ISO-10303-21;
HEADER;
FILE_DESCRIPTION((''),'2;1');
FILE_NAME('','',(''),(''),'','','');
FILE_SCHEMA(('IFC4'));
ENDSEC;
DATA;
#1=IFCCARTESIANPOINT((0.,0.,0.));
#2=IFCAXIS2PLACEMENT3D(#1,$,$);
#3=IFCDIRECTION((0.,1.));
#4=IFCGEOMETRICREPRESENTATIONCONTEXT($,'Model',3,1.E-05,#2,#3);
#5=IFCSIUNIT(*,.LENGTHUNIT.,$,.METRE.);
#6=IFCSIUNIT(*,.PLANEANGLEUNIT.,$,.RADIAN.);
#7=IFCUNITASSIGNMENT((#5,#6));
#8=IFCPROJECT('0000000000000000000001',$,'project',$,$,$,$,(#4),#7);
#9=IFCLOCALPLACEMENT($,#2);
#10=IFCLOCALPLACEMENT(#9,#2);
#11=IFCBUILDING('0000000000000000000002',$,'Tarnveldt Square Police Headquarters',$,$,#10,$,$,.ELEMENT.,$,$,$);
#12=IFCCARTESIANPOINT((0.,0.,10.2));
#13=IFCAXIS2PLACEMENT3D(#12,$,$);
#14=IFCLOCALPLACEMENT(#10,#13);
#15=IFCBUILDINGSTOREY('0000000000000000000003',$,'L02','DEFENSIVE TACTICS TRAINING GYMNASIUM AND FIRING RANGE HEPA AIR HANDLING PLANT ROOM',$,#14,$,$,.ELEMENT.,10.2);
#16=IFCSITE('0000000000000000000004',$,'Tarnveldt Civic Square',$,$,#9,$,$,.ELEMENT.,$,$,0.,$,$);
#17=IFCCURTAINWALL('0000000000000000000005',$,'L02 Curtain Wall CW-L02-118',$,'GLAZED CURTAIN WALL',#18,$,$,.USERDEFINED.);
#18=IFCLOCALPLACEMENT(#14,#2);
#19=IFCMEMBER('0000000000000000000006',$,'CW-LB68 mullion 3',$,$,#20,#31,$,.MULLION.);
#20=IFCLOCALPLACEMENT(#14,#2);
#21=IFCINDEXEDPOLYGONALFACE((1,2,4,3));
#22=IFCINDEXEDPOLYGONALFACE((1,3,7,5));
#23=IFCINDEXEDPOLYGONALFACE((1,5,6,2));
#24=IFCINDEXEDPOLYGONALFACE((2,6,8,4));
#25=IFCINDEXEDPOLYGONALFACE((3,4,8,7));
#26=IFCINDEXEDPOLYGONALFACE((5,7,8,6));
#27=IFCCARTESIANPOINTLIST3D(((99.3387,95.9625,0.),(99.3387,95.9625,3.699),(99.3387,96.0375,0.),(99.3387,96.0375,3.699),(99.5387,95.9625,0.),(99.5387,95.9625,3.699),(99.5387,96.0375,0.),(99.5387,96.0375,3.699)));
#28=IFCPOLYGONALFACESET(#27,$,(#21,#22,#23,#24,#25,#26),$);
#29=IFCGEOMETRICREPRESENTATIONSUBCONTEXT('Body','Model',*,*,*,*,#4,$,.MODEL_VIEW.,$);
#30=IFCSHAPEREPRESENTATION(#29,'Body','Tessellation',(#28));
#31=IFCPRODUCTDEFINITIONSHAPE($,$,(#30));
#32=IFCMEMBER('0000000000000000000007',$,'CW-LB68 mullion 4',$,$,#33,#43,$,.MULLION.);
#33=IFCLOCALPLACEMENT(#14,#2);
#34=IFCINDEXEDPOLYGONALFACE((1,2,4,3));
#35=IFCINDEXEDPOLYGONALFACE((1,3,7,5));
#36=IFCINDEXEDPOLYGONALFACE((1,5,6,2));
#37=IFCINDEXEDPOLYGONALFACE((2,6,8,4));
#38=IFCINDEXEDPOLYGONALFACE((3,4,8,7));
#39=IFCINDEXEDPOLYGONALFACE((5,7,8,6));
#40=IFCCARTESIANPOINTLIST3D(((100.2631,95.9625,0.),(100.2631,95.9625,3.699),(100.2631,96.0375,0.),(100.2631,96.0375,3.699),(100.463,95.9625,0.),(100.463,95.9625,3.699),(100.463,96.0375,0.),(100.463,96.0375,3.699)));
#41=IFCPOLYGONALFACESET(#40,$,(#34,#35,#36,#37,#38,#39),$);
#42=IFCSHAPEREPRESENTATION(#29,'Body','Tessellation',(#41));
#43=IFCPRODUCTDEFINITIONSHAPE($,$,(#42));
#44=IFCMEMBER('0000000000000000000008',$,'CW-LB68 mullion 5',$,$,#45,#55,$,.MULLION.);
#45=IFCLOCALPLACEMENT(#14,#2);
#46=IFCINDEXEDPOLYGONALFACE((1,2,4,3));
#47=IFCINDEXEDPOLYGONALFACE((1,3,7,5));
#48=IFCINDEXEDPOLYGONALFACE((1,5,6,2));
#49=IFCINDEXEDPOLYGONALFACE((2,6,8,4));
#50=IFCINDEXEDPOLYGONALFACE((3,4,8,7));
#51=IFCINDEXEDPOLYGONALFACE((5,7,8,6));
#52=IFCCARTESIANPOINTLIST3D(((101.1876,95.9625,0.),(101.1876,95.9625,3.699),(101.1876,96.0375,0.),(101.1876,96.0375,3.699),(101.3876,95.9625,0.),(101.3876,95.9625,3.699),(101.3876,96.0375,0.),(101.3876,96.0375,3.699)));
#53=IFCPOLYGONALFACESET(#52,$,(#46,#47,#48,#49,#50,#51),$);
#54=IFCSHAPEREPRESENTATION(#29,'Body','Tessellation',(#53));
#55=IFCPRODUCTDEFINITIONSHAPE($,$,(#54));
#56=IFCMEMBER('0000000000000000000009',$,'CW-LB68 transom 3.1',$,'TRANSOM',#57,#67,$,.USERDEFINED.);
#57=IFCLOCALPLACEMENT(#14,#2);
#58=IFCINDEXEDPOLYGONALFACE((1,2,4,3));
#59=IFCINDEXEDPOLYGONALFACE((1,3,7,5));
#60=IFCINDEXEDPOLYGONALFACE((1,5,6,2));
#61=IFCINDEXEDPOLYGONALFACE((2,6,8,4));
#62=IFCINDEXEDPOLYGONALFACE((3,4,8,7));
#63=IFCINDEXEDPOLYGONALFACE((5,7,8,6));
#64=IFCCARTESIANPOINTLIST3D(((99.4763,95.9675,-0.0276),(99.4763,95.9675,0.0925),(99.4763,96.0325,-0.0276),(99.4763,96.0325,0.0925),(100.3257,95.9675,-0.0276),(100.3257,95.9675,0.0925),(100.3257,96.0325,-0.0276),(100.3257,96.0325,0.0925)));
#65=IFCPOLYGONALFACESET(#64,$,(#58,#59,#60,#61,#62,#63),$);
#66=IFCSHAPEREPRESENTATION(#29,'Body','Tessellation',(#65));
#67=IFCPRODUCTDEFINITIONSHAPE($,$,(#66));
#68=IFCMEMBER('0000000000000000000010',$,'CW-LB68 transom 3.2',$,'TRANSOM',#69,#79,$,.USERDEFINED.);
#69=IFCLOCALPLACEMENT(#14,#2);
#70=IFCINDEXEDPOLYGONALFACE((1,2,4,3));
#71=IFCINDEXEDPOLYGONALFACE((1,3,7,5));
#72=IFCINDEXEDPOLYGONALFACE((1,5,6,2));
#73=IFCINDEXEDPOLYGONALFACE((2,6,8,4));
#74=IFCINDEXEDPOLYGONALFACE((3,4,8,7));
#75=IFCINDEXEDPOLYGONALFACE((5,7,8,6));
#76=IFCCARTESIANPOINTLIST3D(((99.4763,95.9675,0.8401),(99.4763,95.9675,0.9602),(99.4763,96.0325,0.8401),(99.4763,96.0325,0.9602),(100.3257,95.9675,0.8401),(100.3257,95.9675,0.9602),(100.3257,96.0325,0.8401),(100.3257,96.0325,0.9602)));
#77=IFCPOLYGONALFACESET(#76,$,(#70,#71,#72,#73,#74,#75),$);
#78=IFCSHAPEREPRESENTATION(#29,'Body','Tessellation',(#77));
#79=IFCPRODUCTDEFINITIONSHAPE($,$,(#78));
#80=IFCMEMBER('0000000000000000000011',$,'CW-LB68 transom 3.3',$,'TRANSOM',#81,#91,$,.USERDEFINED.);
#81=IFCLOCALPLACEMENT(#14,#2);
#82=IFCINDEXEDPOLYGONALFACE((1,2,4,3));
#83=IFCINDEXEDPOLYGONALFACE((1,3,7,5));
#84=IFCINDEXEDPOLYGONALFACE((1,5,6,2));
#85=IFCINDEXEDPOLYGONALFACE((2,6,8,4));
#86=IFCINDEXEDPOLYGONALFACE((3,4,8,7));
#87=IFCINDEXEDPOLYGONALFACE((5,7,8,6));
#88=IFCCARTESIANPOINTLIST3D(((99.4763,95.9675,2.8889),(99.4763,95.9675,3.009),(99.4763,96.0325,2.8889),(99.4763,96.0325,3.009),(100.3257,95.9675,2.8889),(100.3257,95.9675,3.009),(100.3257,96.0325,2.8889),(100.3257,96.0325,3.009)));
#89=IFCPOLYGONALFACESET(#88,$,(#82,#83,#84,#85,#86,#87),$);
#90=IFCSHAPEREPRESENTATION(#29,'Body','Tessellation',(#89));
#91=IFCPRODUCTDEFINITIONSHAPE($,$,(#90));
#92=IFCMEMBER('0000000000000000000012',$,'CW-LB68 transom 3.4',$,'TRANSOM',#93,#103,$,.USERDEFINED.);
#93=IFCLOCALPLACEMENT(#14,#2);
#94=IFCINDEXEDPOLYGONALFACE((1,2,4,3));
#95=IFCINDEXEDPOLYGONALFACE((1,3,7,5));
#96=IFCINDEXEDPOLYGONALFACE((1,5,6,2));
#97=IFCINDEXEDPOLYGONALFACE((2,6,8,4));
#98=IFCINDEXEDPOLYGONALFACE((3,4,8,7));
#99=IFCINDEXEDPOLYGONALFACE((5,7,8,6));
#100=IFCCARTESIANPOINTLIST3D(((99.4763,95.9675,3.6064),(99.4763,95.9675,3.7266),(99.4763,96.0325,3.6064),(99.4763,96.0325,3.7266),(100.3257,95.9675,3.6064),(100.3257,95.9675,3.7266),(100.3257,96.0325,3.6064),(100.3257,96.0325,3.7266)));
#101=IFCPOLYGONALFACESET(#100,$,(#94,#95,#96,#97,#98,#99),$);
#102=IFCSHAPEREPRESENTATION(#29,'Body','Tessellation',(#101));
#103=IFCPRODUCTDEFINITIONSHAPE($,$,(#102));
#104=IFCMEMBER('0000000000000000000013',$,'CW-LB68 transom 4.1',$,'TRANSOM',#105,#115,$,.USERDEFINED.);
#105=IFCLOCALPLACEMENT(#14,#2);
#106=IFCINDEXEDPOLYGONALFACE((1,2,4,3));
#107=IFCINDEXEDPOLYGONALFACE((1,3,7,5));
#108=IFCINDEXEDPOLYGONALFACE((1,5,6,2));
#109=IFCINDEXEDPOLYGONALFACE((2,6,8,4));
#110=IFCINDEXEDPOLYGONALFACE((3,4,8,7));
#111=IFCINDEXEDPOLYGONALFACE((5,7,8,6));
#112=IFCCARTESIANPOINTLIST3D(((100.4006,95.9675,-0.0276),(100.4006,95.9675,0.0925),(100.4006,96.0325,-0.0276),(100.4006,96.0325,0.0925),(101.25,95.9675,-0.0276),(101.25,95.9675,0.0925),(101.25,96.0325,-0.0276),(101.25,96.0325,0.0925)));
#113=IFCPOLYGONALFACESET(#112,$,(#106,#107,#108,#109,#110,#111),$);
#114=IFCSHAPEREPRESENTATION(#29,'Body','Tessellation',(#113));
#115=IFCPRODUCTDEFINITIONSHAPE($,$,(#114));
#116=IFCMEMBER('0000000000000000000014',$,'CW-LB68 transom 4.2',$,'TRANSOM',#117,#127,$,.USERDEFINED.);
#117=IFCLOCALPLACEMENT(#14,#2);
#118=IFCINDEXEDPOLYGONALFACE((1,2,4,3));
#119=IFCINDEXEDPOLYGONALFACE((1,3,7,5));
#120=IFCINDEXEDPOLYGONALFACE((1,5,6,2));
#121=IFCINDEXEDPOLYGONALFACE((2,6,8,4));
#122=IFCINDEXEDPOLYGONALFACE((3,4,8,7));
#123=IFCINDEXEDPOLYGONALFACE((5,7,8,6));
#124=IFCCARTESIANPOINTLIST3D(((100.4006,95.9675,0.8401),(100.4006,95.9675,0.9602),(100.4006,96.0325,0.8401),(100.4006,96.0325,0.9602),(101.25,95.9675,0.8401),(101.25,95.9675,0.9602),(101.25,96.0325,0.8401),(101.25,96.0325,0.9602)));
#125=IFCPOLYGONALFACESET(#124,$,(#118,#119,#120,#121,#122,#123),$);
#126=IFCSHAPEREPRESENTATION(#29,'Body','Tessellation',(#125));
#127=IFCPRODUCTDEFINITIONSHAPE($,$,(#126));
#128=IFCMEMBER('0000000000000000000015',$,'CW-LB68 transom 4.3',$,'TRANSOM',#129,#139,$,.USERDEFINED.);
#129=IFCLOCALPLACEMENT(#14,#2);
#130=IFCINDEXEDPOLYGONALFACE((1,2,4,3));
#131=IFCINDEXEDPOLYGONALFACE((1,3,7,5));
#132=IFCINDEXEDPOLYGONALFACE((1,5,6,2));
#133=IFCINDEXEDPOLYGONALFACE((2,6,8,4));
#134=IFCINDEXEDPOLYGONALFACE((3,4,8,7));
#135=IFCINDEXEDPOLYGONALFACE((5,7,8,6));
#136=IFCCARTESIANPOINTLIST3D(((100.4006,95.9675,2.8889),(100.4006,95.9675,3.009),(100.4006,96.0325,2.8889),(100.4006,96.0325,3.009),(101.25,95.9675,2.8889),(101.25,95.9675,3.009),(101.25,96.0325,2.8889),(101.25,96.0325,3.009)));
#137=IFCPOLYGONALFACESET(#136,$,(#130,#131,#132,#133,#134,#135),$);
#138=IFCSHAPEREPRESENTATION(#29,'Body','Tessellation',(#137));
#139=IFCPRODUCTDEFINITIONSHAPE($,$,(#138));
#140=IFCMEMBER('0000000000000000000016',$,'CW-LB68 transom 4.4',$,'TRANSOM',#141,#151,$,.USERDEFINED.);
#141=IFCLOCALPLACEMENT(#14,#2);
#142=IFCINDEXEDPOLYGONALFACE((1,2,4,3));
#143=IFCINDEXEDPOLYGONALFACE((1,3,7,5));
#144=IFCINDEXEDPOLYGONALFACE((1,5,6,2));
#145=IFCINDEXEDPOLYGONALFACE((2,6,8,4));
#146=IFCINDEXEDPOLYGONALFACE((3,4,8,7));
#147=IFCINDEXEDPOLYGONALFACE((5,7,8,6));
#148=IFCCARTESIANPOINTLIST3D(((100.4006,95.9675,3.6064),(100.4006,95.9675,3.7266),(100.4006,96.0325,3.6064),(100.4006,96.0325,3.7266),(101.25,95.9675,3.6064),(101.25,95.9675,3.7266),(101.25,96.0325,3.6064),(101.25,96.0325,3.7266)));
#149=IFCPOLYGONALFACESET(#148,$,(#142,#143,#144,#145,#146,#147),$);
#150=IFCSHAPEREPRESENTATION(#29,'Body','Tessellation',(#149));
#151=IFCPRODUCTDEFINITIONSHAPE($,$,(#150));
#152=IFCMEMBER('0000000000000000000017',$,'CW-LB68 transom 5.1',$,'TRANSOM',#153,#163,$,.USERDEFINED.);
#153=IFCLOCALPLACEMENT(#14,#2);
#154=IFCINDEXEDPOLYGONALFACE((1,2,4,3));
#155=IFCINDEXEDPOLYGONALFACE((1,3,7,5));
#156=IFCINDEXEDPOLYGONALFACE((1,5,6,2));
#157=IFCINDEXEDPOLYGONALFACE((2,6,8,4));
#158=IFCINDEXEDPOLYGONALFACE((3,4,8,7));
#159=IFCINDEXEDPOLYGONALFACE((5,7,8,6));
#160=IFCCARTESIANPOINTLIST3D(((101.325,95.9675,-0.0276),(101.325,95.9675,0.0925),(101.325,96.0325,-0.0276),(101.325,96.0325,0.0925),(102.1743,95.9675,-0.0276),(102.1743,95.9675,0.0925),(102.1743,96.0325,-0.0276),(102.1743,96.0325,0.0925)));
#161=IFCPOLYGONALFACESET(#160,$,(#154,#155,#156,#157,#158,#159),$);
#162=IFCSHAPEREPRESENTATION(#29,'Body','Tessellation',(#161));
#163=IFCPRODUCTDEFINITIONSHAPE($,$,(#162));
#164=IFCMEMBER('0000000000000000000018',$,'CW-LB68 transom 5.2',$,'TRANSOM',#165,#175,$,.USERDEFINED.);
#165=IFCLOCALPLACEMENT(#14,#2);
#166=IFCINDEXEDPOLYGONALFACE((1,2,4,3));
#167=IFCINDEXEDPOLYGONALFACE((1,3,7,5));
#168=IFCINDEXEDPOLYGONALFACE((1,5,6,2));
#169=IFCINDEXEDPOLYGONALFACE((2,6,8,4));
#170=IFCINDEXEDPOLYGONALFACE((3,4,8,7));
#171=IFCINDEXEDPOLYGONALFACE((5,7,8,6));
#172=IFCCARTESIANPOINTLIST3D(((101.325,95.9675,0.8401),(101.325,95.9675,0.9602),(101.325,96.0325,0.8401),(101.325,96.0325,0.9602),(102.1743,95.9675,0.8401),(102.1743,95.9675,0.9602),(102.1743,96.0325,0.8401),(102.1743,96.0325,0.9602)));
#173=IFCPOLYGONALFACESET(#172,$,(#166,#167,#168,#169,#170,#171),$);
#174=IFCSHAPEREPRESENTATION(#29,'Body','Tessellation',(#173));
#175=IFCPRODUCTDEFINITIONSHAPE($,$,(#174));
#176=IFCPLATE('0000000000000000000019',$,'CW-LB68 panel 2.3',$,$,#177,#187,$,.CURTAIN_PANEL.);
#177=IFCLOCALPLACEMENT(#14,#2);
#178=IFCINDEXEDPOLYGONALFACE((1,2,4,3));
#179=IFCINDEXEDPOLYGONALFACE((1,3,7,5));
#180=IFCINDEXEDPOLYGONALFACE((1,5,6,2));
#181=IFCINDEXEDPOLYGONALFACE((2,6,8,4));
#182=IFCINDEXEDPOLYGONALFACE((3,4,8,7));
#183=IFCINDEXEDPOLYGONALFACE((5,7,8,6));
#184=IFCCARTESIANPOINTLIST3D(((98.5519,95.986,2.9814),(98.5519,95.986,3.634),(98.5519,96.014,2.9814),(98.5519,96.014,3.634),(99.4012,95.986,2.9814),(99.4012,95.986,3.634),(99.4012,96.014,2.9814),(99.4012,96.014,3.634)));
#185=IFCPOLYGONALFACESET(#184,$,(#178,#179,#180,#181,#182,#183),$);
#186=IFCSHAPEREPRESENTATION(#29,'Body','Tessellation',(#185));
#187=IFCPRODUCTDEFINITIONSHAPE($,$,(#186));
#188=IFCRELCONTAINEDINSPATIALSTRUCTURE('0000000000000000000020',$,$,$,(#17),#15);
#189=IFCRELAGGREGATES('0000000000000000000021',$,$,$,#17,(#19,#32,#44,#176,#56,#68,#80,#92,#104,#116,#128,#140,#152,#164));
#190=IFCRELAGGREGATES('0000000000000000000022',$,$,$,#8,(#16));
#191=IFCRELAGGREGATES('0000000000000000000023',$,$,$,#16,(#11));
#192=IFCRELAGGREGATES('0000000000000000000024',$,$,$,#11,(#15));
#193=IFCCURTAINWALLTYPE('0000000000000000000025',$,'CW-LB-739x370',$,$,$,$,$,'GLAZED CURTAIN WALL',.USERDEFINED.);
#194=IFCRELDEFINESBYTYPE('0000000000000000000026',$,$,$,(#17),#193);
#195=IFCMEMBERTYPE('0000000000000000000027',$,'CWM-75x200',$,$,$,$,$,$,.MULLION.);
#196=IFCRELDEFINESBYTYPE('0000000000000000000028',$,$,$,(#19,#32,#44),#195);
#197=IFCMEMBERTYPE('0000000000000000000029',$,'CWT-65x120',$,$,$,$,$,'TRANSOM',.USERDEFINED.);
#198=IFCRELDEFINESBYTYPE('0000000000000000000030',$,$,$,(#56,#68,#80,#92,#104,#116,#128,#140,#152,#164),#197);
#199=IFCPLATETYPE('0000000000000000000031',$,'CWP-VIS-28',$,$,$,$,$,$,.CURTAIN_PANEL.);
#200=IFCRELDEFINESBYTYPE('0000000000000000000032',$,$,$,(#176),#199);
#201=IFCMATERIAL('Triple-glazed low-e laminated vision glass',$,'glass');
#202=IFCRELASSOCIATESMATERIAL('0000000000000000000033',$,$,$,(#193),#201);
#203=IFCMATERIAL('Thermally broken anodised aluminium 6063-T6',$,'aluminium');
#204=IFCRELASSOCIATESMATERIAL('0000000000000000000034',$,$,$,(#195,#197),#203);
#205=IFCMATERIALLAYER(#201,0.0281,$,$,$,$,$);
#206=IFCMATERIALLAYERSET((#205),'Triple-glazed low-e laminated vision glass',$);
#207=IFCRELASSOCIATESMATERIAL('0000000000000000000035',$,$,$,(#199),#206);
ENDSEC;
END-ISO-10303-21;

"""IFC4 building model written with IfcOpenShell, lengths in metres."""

from ifc_helpers import new_model, si_unit, direction, frame, origin, origin_2d, place, context, subcontext, project, spatial, rectangle, extrude, material, layer, layer_set, material_profile, profile_set, type_object, element, aggregate, save


model = new_model("IFC4")

# Units and contexts
model_context = context("Model", 3, precision=1e-05, world=origin(), true_north=direction((0.0, 1.0)))
body_context = subcontext(model_context, "Body", "Model", "MODEL_VIEW")
ifc_project = project(units=[si_unit("LENGTHUNIT", "METRE"), si_unit("PLANEANGLEUNIT", "RADIAN")], contexts=[model_context])

# Site, building, storey
site_placement = place(None, origin())
site = spatial("IfcSite", under=ifc_project, at=site_placement, Name="Tarnveldt Civic Square", CompositionType="ELEMENT", RefElevation=0.0)
building_placement = place(site_placement, origin())
building = spatial("IfcBuilding", under=site, at=building_placement, Name="Tarnveldt Square Police Headquarters", CompositionType="ELEMENT")
storey_placement = place(building_placement, frame((0.0, 0.0, 10.2)))
storey = spatial("IfcBuildingStorey", under=building, at=storey_placement, Name="L02", Description="DEFENSIVE TACTICS TRAINING GYMNASIUM AND FIRING RANGE HEPA AIR HANDLING PLANT ROOM", CompositionType="ELEMENT", Elevation=10.2)

# Curtain wall, members, plate
ifc_material_1 = material(Name="Triple-glazed low-e laminated vision glass", Category="glass")
curtain_wall_type = type_object("IfcCurtainWallType", Name="CW-LB-739x370", ElementType="GLAZED CURTAIN WALL", PredefinedType="USERDEFINED", material=ifc_material_1)
curtain_wall_placement = place(storey_placement, origin())
curtain_wall = element("IfcCurtainWall", 1, at=curtain_wall_placement, inside=storey, type_object=curtain_wall_type, Name="L02 Curtain Wall CW-L02-118", ObjectType="GLAZED CURTAIN WALL", PredefinedType="USERDEFINED")
ifc_material_2 = material(Name="Thermally broken anodised aluminium 6063-T6", Category="aluminium")
ifc_material_profile_1 = material_profile(ifc_material_2, rectangle(XDim=0.075, YDim=0.2, at=origin_2d()), Name="CW-M75x200")
ifc_profile_set_1 = profile_set([ifc_material_profile_1], Name="Thermally broken anodised aluminium 6063-T6")
member_type_1 = type_object("IfcMemberType", Name="CWM-75x200", PredefinedType="MULLION", material=ifc_profile_set_1)
member_1_placement = place(storey_placement, frame((99.4387, 96.0, 0.0), z_axis=(0.0, 0.0, 1.0), x_axis=(0.0, 1.0, 0.0)))
member_1 = element("IfcMember", 2, at=member_1_placement, type_object=member_type_1, Name="CW-LB68 mullion 3", PredefinedType="MULLION", context=body_context, shape_type="SweptSolid", body=[
    extrude(rectangle(XDim=0.075, YDim=0.2, at=origin_2d()), origin(), (0.0, 0.0, 1.0), 3.699),
])
member_2_placement = place(storey_placement, frame((100.363, 96.0, 0.0), z_axis=(0.0, 0.0, 1.0), x_axis=(0.0, 1.0, 0.0)))
member_2 = element("IfcMember", 3, at=member_2_placement, type_object=member_type_1, Name="CW-LB68 mullion 4", PredefinedType="MULLION", context=body_context, shape_type="SweptSolid", body=[
    extrude(rectangle(XDim=0.075, YDim=0.2, at=origin_2d()), origin(), (0.0, 0.0, 1.0), 3.699),
])
member_3_placement = place(storey_placement, frame((101.2876, 96.0, 0.0), z_axis=(0.0, 0.0, 1.0), x_axis=(0.0, 1.0, 0.0)))
member_3 = element("IfcMember", 4, at=member_3_placement, type_object=member_type_1, Name="CW-LB68 mullion 5", PredefinedType="MULLION", context=body_context, shape_type="SweptSolid", body=[
    extrude(rectangle(XDim=0.075, YDim=0.2, at=origin_2d()), origin(), (0.0, 0.0, 1.0), 3.699),
])
ifc_material_profile_2 = material_profile(ifc_material_2, rectangle(XDim=0.0649, YDim=0.1201, at=origin_2d()), Name="CW-T65x120")
ifc_profile_set_2 = profile_set([ifc_material_profile_2], Name="Thermally broken anodised aluminium 6063-T6")
member_type_2 = type_object("IfcMemberType", Name="CWT-65x120", ElementType="TRANSOM", PredefinedType="USERDEFINED", material=ifc_profile_set_2)
member_4_placement = place(storey_placement, frame((99.4763, 96.0, 0.0325), z_axis=(1.0, 0.0, 0.0), x_axis=(0.0, 1.0, 0.0)))
member_4 = element("IfcMember", 5, at=member_4_placement, type_object=member_type_2, Name="CW-LB68 transom 3.1", ObjectType="TRANSOM", PredefinedType="USERDEFINED", context=body_context, shape_type="SweptSolid", body=[
    extrude(rectangle(XDim=0.0649, YDim=0.1201, at=origin_2d()), origin(), (0.0, 0.0, 1.0), 0.8494),
])
member_5_placement = place(storey_placement, frame((99.4763, 96.0, 0.9001), z_axis=(1.0, 0.0, 0.0), x_axis=(0.0, 1.0, 0.0)))
member_5 = element("IfcMember", 6, at=member_5_placement, type_object=member_type_2, Name="CW-LB68 transom 3.2", ObjectType="TRANSOM", PredefinedType="USERDEFINED", context=body_context, shape_type="SweptSolid", body=[
    extrude(rectangle(XDim=0.0649, YDim=0.1201, at=origin_2d()), origin(), (0.0, 0.0, 1.0), 0.8494),
])
member_6_placement = place(storey_placement, frame((99.4763, 96.0, 2.949), z_axis=(1.0, 0.0, 0.0), x_axis=(0.0, 1.0, 0.0)))
member_6 = element("IfcMember", 7, at=member_6_placement, type_object=member_type_2, Name="CW-LB68 transom 3.3", ObjectType="TRANSOM", PredefinedType="USERDEFINED", context=body_context, shape_type="SweptSolid", body=[
    extrude(rectangle(XDim=0.0649, YDim=0.1201, at=origin_2d()), origin(), (0.0, 0.0, 1.0), 0.8494),
])
member_7_placement = place(storey_placement, frame((99.4763, 96.0, 3.6665), z_axis=(1.0, 0.0, 0.0), x_axis=(0.0, 1.0, 0.0)))
member_7 = element("IfcMember", 8, at=member_7_placement, type_object=member_type_2, Name="CW-LB68 transom 3.4", ObjectType="TRANSOM", PredefinedType="USERDEFINED", context=body_context, shape_type="SweptSolid", body=[
    extrude(rectangle(XDim=0.0649, YDim=0.1201, at=origin_2d()), origin(), (0.0, 0.0, 1.0), 0.8494),
])
member_8_placement = place(storey_placement, frame((100.4006, 96.0, 0.0325), z_axis=(1.0, 0.0, 0.0), x_axis=(0.0, 1.0, 0.0)))
member_8 = element("IfcMember", 9, at=member_8_placement, type_object=member_type_2, Name="CW-LB68 transom 4.1", ObjectType="TRANSOM", PredefinedType="USERDEFINED", context=body_context, shape_type="SweptSolid", body=[
    extrude(rectangle(XDim=0.0649, YDim=0.1201, at=origin_2d()), origin(), (0.0, 0.0, 1.0), 0.8494),
])
member_9_placement = place(storey_placement, frame((100.4006, 96.0, 0.9001), z_axis=(1.0, 0.0, 0.0), x_axis=(0.0, 1.0, 0.0)))
member_9 = element("IfcMember", 10, at=member_9_placement, type_object=member_type_2, Name="CW-LB68 transom 4.2", ObjectType="TRANSOM", PredefinedType="USERDEFINED", context=body_context, shape_type="SweptSolid", body=[
    extrude(rectangle(XDim=0.0649, YDim=0.1201, at=origin_2d()), origin(), (0.0, 0.0, 1.0), 0.8494),
])
member_10_placement = place(storey_placement, frame((100.4006, 96.0, 2.949), z_axis=(1.0, 0.0, 0.0), x_axis=(0.0, 1.0, 0.0)))
member_10 = element("IfcMember", 11, at=member_10_placement, type_object=member_type_2, Name="CW-LB68 transom 4.3", ObjectType="TRANSOM", PredefinedType="USERDEFINED", context=body_context, shape_type="SweptSolid", body=[
    extrude(rectangle(XDim=0.0649, YDim=0.1201, at=origin_2d()), origin(), (0.0, 0.0, 1.0), 0.8494),
])
member_11_placement = place(storey_placement, frame((100.4006, 96.0, 3.6665), z_axis=(1.0, 0.0, 0.0), x_axis=(0.0, 1.0, 0.0)))
member_11 = element("IfcMember", 12, at=member_11_placement, type_object=member_type_2, Name="CW-LB68 transom 4.4", ObjectType="TRANSOM", PredefinedType="USERDEFINED", context=body_context, shape_type="SweptSolid", body=[
    extrude(rectangle(XDim=0.0649, YDim=0.1201, at=origin_2d()), origin(), (0.0, 0.0, 1.0), 0.8494),
])
member_12_placement = place(storey_placement, frame((101.325, 96.0, 0.0325), z_axis=(1.0, 0.0, 0.0), x_axis=(0.0, 1.0, 0.0)))
member_12 = element("IfcMember", 13, at=member_12_placement, type_object=member_type_2, Name="CW-LB68 transom 5.1", ObjectType="TRANSOM", PredefinedType="USERDEFINED", context=body_context, shape_type="SweptSolid", body=[
    extrude(rectangle(XDim=0.0649, YDim=0.1201, at=origin_2d()), origin(), (0.0, 0.0, 1.0), 0.8494),
])
member_13_placement = place(storey_placement, frame((101.325, 96.0, 0.9001), z_axis=(1.0, 0.0, 0.0), x_axis=(0.0, 1.0, 0.0)))
member_13 = element("IfcMember", 14, at=member_13_placement, type_object=member_type_2, Name="CW-LB68 transom 5.2", ObjectType="TRANSOM", PredefinedType="USERDEFINED", context=body_context, shape_type="SweptSolid", body=[
    extrude(rectangle(XDim=0.0649, YDim=0.1201, at=origin_2d()), origin(), (0.0, 0.0, 1.0), 0.8494),
])
ifc_layer = layer(ifc_material_1, 0.0281)
ifc_layer_set = layer_set([ifc_layer], Name="Triple-glazed low-e laminated vision glass")
plate_type = type_object("IfcPlateType", Name="CWP-VIS-28", PredefinedType="CURTAIN_PANEL", material=ifc_layer_set)
plate_1_placement = place(storey_placement, frame((98.9766, 96.0, 2.9814), z_axis=(0.0, 0.0, 1.0), x_axis=(1.0, 0.0, 0.0)))
plate_1 = element("IfcPlate", 15, at=plate_1_placement, type_object=plate_type, Name="CW-LB68 panel 2.3", PredefinedType="CURTAIN_PANEL", context=body_context, shape_type="SweptSolid", body=[
    extrude(rectangle(XDim=0.8494, YDim=0.0281, at=origin_2d()), origin(), (0.0, 0.0, 1.0), 0.6526),
])
aggregate(curtain_wall, [member_1, member_2, member_3, plate_1, member_4, member_5, member_6, member_7, member_8, member_9, member_10, member_11, member_12, member_13])

save(model, "model.ifc")
